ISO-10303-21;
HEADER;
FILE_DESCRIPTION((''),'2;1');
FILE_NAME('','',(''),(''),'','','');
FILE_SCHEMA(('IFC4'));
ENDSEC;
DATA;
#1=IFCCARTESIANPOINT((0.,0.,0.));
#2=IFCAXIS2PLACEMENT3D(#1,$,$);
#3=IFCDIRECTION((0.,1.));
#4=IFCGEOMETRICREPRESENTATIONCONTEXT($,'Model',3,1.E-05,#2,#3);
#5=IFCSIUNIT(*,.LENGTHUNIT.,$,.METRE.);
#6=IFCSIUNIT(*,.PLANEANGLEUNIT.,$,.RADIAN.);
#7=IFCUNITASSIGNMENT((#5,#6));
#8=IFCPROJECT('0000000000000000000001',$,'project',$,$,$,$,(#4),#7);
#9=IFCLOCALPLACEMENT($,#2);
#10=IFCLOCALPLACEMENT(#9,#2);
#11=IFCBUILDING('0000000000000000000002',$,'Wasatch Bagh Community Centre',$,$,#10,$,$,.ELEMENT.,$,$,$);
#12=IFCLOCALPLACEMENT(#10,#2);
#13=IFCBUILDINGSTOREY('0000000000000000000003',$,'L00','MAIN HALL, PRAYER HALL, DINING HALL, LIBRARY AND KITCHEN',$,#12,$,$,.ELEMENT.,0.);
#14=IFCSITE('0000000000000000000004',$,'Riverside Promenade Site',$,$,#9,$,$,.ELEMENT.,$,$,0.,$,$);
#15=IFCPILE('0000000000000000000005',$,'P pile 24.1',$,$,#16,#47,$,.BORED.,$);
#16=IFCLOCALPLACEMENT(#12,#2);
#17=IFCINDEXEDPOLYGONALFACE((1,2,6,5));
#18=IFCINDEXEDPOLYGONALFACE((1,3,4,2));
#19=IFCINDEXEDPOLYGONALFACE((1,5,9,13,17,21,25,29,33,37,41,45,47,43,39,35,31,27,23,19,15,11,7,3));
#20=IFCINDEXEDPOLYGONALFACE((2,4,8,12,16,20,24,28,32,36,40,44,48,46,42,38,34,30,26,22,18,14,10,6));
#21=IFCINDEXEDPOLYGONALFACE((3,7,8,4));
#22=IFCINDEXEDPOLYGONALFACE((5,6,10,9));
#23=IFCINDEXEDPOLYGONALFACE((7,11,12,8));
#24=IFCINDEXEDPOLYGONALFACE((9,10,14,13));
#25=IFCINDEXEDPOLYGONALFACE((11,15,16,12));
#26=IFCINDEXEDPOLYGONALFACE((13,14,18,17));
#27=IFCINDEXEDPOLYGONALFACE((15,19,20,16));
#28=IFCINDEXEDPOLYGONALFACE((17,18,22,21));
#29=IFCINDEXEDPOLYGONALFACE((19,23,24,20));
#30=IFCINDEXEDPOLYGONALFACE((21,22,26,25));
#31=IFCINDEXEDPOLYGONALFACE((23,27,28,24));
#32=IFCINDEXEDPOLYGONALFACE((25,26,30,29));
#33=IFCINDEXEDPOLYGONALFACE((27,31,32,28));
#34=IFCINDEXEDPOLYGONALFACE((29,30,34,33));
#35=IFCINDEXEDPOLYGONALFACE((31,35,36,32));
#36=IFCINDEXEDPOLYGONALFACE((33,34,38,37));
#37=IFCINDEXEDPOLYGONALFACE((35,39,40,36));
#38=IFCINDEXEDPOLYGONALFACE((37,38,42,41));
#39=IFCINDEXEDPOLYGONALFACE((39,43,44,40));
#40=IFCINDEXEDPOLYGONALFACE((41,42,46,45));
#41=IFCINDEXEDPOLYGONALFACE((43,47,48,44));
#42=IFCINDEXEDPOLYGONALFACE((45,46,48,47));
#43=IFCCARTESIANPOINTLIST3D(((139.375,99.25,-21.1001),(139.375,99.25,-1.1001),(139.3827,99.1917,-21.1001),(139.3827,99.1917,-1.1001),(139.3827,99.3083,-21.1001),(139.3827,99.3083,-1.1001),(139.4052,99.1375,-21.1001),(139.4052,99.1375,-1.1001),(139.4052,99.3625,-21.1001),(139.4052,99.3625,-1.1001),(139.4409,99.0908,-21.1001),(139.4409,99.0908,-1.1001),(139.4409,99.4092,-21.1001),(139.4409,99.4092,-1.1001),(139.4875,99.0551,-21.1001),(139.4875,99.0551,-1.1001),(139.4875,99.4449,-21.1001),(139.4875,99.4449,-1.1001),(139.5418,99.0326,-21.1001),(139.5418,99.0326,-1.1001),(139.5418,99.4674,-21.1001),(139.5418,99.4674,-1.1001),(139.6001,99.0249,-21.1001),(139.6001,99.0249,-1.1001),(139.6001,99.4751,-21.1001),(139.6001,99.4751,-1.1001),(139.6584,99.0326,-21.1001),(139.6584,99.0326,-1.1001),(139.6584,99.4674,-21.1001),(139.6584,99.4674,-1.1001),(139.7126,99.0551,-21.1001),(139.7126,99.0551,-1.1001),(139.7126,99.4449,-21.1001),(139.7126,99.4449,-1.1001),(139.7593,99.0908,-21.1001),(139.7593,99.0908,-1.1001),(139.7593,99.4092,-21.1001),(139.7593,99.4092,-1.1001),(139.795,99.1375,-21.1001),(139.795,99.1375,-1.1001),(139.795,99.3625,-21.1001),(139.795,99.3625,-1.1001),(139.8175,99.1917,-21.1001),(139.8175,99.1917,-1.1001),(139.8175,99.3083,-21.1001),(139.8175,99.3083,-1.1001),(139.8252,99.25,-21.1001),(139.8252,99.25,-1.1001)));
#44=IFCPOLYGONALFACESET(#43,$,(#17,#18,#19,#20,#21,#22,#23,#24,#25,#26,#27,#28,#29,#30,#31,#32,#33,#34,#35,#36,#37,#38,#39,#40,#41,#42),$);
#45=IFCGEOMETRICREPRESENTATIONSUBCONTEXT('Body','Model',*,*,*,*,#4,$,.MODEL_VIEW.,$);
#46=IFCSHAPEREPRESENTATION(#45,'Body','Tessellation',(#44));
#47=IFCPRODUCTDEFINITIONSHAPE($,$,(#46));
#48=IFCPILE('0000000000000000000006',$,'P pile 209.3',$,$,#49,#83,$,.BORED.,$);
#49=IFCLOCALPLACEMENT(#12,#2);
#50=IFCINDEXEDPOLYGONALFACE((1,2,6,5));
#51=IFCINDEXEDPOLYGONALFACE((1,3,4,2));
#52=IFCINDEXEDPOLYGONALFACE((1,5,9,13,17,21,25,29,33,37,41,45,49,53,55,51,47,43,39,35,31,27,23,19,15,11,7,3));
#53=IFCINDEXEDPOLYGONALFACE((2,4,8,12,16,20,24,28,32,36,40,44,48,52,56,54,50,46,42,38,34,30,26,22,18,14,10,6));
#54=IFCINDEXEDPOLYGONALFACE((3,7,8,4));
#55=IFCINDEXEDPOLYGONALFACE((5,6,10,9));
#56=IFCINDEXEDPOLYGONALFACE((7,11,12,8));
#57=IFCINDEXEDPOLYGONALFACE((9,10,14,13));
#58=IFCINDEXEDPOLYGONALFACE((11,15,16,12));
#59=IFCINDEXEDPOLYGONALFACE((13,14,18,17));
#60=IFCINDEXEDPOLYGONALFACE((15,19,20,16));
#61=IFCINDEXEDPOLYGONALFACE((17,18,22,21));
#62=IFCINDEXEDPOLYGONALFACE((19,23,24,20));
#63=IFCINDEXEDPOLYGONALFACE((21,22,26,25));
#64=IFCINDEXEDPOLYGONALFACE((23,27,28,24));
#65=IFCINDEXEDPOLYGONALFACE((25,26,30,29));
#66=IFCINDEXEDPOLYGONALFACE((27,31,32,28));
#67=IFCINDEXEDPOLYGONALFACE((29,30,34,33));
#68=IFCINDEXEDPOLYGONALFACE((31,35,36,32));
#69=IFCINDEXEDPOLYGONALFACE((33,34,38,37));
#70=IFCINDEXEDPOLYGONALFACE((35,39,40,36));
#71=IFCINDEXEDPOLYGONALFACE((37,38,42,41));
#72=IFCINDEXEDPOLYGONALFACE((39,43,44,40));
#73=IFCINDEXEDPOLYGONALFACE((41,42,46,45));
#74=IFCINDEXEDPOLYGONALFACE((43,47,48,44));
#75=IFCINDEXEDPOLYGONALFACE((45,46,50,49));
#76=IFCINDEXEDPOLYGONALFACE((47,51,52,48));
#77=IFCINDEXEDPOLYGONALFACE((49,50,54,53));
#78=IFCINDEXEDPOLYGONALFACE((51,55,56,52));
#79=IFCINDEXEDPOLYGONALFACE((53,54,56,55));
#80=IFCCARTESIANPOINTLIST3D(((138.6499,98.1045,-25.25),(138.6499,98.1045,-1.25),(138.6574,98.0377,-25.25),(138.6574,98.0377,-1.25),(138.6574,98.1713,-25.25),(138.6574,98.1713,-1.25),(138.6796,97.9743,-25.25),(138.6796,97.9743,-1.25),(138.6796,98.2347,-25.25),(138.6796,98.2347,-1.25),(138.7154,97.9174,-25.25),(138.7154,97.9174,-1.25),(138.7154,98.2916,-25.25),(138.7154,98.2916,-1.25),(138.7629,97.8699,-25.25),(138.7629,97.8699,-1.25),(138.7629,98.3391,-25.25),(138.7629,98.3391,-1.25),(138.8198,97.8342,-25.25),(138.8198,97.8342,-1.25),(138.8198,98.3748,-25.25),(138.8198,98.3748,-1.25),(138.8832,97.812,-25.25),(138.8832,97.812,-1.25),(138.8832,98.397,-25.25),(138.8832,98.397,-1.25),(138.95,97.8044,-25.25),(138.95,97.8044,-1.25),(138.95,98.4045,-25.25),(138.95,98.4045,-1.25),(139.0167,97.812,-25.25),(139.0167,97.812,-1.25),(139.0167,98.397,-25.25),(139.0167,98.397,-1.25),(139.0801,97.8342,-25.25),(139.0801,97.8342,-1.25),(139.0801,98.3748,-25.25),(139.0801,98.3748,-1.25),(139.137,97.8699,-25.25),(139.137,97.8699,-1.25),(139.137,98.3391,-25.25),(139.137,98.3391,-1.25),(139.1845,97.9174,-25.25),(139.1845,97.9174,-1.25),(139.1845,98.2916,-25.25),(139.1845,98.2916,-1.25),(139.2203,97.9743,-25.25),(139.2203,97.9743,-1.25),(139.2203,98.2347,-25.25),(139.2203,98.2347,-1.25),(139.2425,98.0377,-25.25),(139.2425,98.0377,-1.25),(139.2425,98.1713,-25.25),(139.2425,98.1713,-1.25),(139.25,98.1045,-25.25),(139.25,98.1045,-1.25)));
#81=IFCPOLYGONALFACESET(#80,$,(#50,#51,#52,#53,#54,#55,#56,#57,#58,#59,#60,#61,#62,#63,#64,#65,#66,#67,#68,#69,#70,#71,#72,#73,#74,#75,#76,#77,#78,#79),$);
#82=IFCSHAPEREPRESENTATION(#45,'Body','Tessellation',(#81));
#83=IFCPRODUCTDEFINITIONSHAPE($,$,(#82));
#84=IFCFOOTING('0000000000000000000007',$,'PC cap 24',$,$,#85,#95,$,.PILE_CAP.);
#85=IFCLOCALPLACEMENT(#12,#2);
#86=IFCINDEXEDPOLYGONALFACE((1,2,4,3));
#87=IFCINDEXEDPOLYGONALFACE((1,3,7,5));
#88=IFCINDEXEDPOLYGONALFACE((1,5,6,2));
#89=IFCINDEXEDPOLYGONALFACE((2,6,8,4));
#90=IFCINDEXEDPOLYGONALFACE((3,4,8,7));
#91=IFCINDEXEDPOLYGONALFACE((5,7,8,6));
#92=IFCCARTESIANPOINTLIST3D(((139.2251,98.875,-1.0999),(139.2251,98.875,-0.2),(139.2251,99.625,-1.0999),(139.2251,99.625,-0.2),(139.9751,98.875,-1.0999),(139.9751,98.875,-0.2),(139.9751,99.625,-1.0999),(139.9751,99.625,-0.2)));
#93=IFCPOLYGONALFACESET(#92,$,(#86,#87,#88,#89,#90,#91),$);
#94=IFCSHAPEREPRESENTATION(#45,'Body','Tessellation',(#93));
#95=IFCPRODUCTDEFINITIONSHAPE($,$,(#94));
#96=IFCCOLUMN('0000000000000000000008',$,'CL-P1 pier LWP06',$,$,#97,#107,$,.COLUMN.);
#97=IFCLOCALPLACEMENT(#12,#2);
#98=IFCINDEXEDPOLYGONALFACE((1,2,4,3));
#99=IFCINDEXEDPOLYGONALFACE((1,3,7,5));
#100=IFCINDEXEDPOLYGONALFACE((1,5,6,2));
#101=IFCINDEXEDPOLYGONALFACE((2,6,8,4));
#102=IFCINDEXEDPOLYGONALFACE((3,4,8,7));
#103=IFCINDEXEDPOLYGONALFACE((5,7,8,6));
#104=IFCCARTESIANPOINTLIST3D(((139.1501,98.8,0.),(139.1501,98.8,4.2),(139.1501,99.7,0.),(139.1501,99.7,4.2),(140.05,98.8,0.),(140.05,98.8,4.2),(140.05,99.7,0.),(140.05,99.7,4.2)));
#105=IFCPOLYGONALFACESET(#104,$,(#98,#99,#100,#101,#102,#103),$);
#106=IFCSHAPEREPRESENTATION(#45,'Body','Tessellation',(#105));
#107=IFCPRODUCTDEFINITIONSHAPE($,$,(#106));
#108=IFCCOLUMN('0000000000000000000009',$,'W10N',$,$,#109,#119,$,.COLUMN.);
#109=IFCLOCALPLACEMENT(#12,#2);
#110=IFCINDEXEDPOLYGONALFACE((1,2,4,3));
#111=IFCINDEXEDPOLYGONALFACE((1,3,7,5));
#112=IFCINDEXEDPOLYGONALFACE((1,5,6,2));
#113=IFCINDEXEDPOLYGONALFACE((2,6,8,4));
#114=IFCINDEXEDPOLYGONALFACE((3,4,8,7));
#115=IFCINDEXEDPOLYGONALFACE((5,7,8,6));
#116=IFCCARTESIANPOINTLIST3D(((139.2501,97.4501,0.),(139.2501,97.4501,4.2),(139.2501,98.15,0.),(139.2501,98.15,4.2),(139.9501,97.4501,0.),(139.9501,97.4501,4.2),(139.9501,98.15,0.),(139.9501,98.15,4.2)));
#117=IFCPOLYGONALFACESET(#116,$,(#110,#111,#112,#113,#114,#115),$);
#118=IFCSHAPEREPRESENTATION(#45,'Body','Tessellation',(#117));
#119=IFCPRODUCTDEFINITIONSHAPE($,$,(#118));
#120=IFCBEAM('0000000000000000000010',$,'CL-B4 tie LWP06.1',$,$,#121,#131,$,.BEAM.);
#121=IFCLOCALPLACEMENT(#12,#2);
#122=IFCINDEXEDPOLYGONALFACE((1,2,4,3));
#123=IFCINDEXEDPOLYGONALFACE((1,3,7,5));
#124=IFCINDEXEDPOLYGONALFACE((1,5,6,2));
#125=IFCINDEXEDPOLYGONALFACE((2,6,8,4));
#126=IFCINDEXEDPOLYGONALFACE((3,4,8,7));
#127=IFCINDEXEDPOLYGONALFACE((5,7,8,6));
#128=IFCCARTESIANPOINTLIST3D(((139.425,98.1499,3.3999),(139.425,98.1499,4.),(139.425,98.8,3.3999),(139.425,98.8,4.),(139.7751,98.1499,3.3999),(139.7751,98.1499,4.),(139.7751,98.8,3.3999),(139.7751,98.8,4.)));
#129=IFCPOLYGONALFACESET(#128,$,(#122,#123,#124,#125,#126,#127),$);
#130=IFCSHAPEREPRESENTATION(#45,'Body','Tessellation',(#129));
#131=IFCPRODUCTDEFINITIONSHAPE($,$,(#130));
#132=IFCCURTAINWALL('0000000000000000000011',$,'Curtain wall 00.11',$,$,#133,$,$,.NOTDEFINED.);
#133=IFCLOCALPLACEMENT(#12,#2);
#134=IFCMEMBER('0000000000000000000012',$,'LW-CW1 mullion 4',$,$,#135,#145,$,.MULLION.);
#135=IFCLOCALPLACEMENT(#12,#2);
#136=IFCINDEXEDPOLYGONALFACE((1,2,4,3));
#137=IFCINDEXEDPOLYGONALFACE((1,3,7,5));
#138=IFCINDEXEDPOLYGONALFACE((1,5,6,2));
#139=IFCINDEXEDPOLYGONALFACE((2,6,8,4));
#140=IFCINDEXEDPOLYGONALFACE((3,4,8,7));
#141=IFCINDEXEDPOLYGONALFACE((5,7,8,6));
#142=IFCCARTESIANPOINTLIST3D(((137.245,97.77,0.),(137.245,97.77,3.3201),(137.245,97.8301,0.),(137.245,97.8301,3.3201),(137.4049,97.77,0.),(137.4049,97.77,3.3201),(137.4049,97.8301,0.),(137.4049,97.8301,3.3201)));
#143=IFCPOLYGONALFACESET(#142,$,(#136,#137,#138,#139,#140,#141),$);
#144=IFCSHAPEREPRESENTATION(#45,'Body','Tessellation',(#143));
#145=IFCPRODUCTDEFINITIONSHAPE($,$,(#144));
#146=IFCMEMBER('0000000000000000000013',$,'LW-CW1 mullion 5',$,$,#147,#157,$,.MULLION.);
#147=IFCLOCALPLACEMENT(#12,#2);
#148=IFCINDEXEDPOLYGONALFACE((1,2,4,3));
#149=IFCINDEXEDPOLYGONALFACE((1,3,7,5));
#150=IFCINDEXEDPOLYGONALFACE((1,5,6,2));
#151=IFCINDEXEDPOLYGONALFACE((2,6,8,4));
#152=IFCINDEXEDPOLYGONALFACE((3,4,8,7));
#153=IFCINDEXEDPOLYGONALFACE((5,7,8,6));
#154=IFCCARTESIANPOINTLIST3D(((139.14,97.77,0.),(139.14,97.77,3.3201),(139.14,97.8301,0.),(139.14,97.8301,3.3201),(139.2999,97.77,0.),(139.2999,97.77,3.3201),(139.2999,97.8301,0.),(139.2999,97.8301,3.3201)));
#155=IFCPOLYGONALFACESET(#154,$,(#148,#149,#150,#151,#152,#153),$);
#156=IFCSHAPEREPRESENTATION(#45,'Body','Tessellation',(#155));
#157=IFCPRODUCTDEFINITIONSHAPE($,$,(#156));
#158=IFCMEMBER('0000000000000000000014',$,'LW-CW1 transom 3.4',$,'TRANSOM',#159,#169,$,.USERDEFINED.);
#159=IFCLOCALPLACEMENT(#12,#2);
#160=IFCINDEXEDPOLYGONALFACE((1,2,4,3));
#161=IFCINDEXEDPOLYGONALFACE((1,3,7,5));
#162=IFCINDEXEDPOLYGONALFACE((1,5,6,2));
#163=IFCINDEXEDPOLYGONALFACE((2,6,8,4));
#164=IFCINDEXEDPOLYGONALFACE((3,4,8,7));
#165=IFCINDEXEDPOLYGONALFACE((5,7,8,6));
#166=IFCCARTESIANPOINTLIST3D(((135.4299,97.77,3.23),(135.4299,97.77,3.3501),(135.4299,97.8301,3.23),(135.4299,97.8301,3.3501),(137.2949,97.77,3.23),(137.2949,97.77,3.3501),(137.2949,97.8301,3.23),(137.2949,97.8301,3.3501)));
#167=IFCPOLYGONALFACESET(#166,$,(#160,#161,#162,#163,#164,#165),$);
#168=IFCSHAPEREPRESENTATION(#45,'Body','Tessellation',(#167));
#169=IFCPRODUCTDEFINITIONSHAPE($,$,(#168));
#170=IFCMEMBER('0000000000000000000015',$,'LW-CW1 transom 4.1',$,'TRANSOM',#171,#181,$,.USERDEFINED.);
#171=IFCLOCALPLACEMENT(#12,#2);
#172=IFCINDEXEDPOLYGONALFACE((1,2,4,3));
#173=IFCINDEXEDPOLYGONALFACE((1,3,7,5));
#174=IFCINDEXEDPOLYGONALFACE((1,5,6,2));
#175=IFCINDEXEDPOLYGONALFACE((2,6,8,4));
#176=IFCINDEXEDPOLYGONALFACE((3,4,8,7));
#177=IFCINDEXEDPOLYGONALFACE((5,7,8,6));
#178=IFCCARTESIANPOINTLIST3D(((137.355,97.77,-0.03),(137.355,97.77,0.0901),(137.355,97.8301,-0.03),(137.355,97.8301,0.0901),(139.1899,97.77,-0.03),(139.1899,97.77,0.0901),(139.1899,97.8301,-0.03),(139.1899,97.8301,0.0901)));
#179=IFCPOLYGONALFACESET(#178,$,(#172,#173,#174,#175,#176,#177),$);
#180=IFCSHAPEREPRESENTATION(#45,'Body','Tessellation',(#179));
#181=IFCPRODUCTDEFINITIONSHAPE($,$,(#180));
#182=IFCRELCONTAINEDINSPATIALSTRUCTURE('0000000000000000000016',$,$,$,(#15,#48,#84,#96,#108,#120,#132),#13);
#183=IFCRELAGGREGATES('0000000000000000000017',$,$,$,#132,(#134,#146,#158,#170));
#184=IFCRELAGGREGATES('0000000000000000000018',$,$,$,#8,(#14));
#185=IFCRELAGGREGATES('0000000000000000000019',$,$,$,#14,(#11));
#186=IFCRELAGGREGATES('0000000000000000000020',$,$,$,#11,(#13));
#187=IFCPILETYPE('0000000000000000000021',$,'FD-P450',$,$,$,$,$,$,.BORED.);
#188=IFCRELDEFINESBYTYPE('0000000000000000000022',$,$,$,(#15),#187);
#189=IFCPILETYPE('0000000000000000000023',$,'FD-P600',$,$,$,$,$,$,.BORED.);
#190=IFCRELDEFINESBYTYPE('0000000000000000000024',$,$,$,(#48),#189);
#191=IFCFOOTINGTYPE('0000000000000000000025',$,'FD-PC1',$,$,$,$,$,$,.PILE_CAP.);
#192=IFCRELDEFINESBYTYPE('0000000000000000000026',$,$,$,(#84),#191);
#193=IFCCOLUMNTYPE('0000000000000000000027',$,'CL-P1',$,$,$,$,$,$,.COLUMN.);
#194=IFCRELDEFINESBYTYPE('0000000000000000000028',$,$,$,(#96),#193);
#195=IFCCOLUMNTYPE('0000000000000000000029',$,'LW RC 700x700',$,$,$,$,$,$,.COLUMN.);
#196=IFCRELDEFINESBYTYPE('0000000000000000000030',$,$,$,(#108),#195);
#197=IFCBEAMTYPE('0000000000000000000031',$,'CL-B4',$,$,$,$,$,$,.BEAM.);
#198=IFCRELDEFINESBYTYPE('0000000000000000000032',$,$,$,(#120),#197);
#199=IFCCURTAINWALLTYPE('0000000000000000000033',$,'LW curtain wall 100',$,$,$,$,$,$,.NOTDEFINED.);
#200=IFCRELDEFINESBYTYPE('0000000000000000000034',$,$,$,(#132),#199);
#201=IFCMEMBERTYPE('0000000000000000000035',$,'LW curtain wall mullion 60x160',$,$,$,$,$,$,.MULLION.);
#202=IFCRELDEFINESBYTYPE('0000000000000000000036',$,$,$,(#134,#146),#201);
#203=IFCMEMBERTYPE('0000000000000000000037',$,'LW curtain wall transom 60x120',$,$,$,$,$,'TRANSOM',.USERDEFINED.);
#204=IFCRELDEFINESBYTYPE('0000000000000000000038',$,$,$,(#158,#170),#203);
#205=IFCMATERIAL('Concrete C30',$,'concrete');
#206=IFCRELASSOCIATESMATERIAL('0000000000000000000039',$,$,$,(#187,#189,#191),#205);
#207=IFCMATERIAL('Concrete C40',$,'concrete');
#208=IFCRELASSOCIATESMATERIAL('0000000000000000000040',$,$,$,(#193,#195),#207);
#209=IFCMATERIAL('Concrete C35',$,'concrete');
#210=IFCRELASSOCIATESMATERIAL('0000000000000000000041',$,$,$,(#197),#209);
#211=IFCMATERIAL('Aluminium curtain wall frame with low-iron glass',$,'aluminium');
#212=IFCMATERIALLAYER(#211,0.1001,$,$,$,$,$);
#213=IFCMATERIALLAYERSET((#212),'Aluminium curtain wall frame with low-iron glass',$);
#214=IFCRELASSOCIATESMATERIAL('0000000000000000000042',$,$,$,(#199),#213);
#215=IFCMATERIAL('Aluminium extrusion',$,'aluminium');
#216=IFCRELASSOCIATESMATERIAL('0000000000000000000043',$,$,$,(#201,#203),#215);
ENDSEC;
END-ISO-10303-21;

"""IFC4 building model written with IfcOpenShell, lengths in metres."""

from ifc_helpers import new_model, si_unit, direction, frame, origin, origin_2d, place, context, subcontext, project, spatial, rectangle, circle, extrude, material, layer, layer_set, material_profile, profile_set, type_object, element, aggregate, save


model = new_model("IFC4")

# Units and contexts
model_context = context("Model", 3, precision=1e-05, world=origin(), true_north=direction((0.0, 1.0)))
body_context = subcontext(model_context, "Body", "Model", "MODEL_VIEW")
ifc_project = project(units=[si_unit("LENGTHUNIT", "METRE"), si_unit("PLANEANGLEUNIT", "RADIAN")], contexts=[model_context])

# Site, building, storey
site_placement = place(None, origin())
site = spatial("IfcSite", under=ifc_project, at=site_placement, Name="Riverside Promenade Site", CompositionType="ELEMENT", RefElevation=0.0)
building_placement = place(site_placement, origin())
building = spatial("IfcBuilding", under=site, at=building_placement, Name="Wasatch Bagh Community Centre", CompositionType="ELEMENT")
storey_placement = place(building_placement, origin())
storey = spatial("IfcBuildingStorey", under=building, at=storey_placement, Name="L00", Description="MAIN HALL, PRAYER HALL, DINING HALL, LIBRARY AND KITCHEN", CompositionType="ELEMENT", Elevation=0.0)

# Piles
ifc_material_1 = material(Name="Concrete C30", Category="concrete")
ifc_material_profile_1 = material_profile(ifc_material_1, circle(Radius=0.2251, at=origin_2d()), Name="RC D450")
ifc_profile_set_1 = profile_set([ifc_material_profile_1], Name="Concrete C30")
pile_type_1 = type_object("IfcPileType", Name="FD-P450", PredefinedType="BORED", material=ifc_profile_set_1)
pile_1_placement = place(storey_placement, frame((139.6001, 99.25, -1.1001), z_axis=(0.0, 0.0, -1.0), x_axis=(1.0, 0.0, 0.0)))
element("IfcPile", 1, at=pile_1_placement, inside=storey, type_object=pile_type_1, Name="P pile 24.1", PredefinedType="BORED", context=body_context, shape_type="SweptSolid", body=[
    extrude(circle(Radius=0.2251, at=origin_2d()), origin(), (0.0, 0.0, 1.0), 20.0),
])
ifc_material_profile_2 = material_profile(ifc_material_1, circle(Radius=0.3, at=origin_2d()), Name="RC D600")
ifc_profile_set_2 = profile_set([ifc_material_profile_2], Name="Concrete C30")
pile_type_2 = type_object("IfcPileType", Name="FD-P600", PredefinedType="BORED", material=ifc_profile_set_2)
pile_2_placement = place(storey_placement, frame((138.95, 98.1045, -1.25), z_axis=(0.0, 0.0, -1.0), x_axis=(1.0, 0.0, 0.0)))
element("IfcPile", 2, at=pile_2_placement, inside=storey, type_object=pile_type_2, Name="P pile 209.3", PredefinedType="BORED", context=body_context, shape_type="SweptSolid", body=[
    extrude(circle(Radius=0.3, at=origin_2d()), origin(), (0.0, 0.0, 1.0), 24.0),
])

# Footing
footing_type = type_object("IfcFootingType", Name="FD-PC1", PredefinedType="PILE_CAP", material=ifc_material_1)
footing_placement = place(storey_placement, frame((139.6001, 99.25, -1.0999), z_axis=(0.0, 0.0, 1.0), x_axis=(1.0, 0.0, 0.0)))
element("IfcFooting", 3, at=footing_placement, inside=storey, type_object=footing_type, Name="PC cap 24", PredefinedType="PILE_CAP", context=body_context, shape_type="SweptSolid", body=[
    extrude(rectangle(XDim=0.75, YDim=0.75, at=origin_2d()), origin(), (0.0, 0.0, 1.0), 0.8999),
])

# Columns
ifc_material_2 = material(Name="Concrete C40", Category="concrete")
ifc_material_profile_3 = material_profile(ifc_material_2, rectangle(XDim=0.8999, YDim=0.8999, at=origin_2d()), Name="RC 900x900")
ifc_profile_set_3 = profile_set([ifc_material_profile_3], Name="Concrete C40")
column_type_1 = type_object("IfcColumnType", Name="CL-P1", PredefinedType="COLUMN", material=ifc_profile_set_3)
column_1_placement = place(storey_placement, frame((139.6001, 99.25, 0.0), z_axis=(0.0, 0.0, 1.0), x_axis=(1.0, 0.0, 0.0)))
element("IfcColumn", 4, at=column_1_placement, inside=storey, type_object=column_type_1, Name="CL-P1 pier LWP06", PredefinedType="COLUMN", context=body_context, shape_type="SweptSolid", body=[
    extrude(rectangle(XDim=0.8999, YDim=0.8999, at=origin_2d()), origin(), (0.0, 0.0, 1.0), 4.2),
])
ifc_material_profile_4 = material_profile(ifc_material_2, rectangle(XDim=0.7, YDim=0.7, at=origin_2d()), Name="RC 700x700")
ifc_profile_set_4 = profile_set([ifc_material_profile_4], Name="Concrete C40")
column_type_2 = type_object("IfcColumnType", Name="LW RC 700x700", PredefinedType="COLUMN", material=ifc_profile_set_4)
column_2_placement = place(storey_placement, frame((139.6001, 97.8, 0.0), z_axis=(0.0, 0.0, 1.0), x_axis=(1.0, 0.0, 0.0)))
element("IfcColumn", 5, at=column_2_placement, inside=storey, type_object=column_type_2, Name="W10N", PredefinedType="COLUMN", context=body_context, shape_type="SweptSolid", body=[
    extrude(rectangle(XDim=0.7, YDim=0.7, at=origin_2d()), origin(), (0.0, 0.0, 1.0), 4.2),
])

# Beam
ifc_material_3 = material(Name="Concrete C35", Category="concrete")
ifc_material_profile_5 = material_profile(ifc_material_3, rectangle(XDim=0.3501, YDim=0.6001, at=origin_2d()), Name="RC 350x600")
ifc_profile_set_5 = profile_set([ifc_material_profile_5], Name="Concrete C35")
beam_type = type_object("IfcBeamType", Name="CL-B4", PredefinedType="BEAM", material=ifc_profile_set_5)
beam_placement = place(storey_placement, frame((139.6001, 98.1499, 3.7), z_axis=(0.0, 1.0, 0.0), x_axis=(-1.0, 0.0, 0.0)))
element("IfcBeam", 6, at=beam_placement, inside=storey, type_object=beam_type, Name="CL-B4 tie LWP06.1", PredefinedType="BEAM", context=body_context, shape_type="SweptSolid", body=[
    extrude(rectangle(XDim=0.3501, YDim=0.6001, at=origin_2d()), origin(), (0.0, 0.0, 1.0), 0.6501),
])

# Curtain wall, members
ifc_material_4 = material(Name="Aluminium curtain wall frame with low-iron glass", Category="aluminium")
ifc_layer_1 = layer(ifc_material_4, 0.1001)
ifc_layer_set_1 = layer_set([ifc_layer_1], Name="Aluminium curtain wall frame with low-iron glass")
curtain_wall_type = type_object("IfcCurtainWallType", Name="LW curtain wall 100", PredefinedType="NOTDEFINED", material=ifc_layer_set_1)
curtain_wall_placement = place(storey_placement, origin())
curtain_wall = element("IfcCurtainWall", 7, at=curtain_wall_placement, inside=storey, type_object=curtain_wall_type, Name="Curtain wall 00.11", PredefinedType="NOTDEFINED")
ifc_material_5 = material(Name="Aluminium extrusion", Category="aluminium")
ifc_material_profile_6 = material_profile(ifc_material_5, rectangle(XDim=0.0601, YDim=0.1599, at=origin_2d()), Name="AL 60x160")
ifc_profile_set_6 = profile_set([ifc_material_profile_6], Name="Aluminium extrusion")
member_type_1 = type_object("IfcMemberType", Name="LW curtain wall mullion 60x160", PredefinedType="MULLION", material=ifc_profile_set_6)
member_1_placement = place(storey_placement, frame((137.325, 97.8, 0.0), z_axis=(0.0, 0.0, 1.0), x_axis=(0.0, 1.0, 0.0)))
member_1 = element("IfcMember", 8, at=member_1_placement, type_object=member_type_1, Name="LW-CW1 mullion 4", PredefinedType="MULLION", context=body_context, shape_type="SweptSolid", body=[
    extrude(rectangle(XDim=0.0601, YDim=0.1599, at=origin_2d()), origin(), (0.0, 0.0, 1.0), 3.3201),
])
member_2_placement = place(storey_placement, frame((139.22, 97.8, 0.0), z_axis=(0.0, 0.0, 1.0), x_axis=(0.0, 1.0, 0.0)))
member_2 = element("IfcMember", 9, at=member_2_placement, type_object=member_type_1, Name="LW-CW1 mullion 5", PredefinedType="MULLION", context=body_context, shape_type="SweptSolid", body=[
    extrude(rectangle(XDim=0.0601, YDim=0.1599, at=origin_2d()), origin(), (0.0, 0.0, 1.0), 3.3201),
])
ifc_material_profile_7 = material_profile(ifc_material_5, rectangle(XDim=0.0601, YDim=0.1201, at=origin_2d()), Name="AL 60x120")
ifc_profile_set_7 = profile_set([ifc_material_profile_7], Name="Aluminium extrusion")
member_type_2 = type_object("IfcMemberType", Name="LW curtain wall transom 60x120", ElementType="TRANSOM", PredefinedType="USERDEFINED", material=ifc_profile_set_7)
member_3_placement = place(storey_placement, frame((135.4299, 97.8, 3.29), z_axis=(1.0, 0.0, 0.0), x_axis=(0.0, 1.0, 0.0)))
member_3 = element("IfcMember", 10, at=member_3_placement, type_object=member_type_2, Name="LW-CW1 transom 3.4", ObjectType="TRANSOM", PredefinedType="USERDEFINED", context=body_context, shape_type="SweptSolid", body=[
    extrude(rectangle(XDim=0.0601, YDim=0.1201, at=origin_2d()), origin(), (0.0, 0.0, 1.0), 1.865),
])
member_4_placement = place(storey_placement, frame((137.355, 97.8, 0.03), z_axis=(1.0, 0.0, 0.0), x_axis=(0.0, 1.0, 0.0)))
member_4 = element("IfcMember", 11, at=member_4_placement, type_object=member_type_2, Name="LW-CW1 transom 4.1", ObjectType="TRANSOM", PredefinedType="USERDEFINED", context=body_context, shape_type="SweptSolid", body=[
    extrude(rectangle(XDim=0.0601, YDim=0.1201, at=origin_2d()), origin(), (0.0, 0.0, 1.0), 1.835),
])
aggregate(curtain_wall, [member_1, member_2, member_3, member_4])

save(model, "model.ifc")
